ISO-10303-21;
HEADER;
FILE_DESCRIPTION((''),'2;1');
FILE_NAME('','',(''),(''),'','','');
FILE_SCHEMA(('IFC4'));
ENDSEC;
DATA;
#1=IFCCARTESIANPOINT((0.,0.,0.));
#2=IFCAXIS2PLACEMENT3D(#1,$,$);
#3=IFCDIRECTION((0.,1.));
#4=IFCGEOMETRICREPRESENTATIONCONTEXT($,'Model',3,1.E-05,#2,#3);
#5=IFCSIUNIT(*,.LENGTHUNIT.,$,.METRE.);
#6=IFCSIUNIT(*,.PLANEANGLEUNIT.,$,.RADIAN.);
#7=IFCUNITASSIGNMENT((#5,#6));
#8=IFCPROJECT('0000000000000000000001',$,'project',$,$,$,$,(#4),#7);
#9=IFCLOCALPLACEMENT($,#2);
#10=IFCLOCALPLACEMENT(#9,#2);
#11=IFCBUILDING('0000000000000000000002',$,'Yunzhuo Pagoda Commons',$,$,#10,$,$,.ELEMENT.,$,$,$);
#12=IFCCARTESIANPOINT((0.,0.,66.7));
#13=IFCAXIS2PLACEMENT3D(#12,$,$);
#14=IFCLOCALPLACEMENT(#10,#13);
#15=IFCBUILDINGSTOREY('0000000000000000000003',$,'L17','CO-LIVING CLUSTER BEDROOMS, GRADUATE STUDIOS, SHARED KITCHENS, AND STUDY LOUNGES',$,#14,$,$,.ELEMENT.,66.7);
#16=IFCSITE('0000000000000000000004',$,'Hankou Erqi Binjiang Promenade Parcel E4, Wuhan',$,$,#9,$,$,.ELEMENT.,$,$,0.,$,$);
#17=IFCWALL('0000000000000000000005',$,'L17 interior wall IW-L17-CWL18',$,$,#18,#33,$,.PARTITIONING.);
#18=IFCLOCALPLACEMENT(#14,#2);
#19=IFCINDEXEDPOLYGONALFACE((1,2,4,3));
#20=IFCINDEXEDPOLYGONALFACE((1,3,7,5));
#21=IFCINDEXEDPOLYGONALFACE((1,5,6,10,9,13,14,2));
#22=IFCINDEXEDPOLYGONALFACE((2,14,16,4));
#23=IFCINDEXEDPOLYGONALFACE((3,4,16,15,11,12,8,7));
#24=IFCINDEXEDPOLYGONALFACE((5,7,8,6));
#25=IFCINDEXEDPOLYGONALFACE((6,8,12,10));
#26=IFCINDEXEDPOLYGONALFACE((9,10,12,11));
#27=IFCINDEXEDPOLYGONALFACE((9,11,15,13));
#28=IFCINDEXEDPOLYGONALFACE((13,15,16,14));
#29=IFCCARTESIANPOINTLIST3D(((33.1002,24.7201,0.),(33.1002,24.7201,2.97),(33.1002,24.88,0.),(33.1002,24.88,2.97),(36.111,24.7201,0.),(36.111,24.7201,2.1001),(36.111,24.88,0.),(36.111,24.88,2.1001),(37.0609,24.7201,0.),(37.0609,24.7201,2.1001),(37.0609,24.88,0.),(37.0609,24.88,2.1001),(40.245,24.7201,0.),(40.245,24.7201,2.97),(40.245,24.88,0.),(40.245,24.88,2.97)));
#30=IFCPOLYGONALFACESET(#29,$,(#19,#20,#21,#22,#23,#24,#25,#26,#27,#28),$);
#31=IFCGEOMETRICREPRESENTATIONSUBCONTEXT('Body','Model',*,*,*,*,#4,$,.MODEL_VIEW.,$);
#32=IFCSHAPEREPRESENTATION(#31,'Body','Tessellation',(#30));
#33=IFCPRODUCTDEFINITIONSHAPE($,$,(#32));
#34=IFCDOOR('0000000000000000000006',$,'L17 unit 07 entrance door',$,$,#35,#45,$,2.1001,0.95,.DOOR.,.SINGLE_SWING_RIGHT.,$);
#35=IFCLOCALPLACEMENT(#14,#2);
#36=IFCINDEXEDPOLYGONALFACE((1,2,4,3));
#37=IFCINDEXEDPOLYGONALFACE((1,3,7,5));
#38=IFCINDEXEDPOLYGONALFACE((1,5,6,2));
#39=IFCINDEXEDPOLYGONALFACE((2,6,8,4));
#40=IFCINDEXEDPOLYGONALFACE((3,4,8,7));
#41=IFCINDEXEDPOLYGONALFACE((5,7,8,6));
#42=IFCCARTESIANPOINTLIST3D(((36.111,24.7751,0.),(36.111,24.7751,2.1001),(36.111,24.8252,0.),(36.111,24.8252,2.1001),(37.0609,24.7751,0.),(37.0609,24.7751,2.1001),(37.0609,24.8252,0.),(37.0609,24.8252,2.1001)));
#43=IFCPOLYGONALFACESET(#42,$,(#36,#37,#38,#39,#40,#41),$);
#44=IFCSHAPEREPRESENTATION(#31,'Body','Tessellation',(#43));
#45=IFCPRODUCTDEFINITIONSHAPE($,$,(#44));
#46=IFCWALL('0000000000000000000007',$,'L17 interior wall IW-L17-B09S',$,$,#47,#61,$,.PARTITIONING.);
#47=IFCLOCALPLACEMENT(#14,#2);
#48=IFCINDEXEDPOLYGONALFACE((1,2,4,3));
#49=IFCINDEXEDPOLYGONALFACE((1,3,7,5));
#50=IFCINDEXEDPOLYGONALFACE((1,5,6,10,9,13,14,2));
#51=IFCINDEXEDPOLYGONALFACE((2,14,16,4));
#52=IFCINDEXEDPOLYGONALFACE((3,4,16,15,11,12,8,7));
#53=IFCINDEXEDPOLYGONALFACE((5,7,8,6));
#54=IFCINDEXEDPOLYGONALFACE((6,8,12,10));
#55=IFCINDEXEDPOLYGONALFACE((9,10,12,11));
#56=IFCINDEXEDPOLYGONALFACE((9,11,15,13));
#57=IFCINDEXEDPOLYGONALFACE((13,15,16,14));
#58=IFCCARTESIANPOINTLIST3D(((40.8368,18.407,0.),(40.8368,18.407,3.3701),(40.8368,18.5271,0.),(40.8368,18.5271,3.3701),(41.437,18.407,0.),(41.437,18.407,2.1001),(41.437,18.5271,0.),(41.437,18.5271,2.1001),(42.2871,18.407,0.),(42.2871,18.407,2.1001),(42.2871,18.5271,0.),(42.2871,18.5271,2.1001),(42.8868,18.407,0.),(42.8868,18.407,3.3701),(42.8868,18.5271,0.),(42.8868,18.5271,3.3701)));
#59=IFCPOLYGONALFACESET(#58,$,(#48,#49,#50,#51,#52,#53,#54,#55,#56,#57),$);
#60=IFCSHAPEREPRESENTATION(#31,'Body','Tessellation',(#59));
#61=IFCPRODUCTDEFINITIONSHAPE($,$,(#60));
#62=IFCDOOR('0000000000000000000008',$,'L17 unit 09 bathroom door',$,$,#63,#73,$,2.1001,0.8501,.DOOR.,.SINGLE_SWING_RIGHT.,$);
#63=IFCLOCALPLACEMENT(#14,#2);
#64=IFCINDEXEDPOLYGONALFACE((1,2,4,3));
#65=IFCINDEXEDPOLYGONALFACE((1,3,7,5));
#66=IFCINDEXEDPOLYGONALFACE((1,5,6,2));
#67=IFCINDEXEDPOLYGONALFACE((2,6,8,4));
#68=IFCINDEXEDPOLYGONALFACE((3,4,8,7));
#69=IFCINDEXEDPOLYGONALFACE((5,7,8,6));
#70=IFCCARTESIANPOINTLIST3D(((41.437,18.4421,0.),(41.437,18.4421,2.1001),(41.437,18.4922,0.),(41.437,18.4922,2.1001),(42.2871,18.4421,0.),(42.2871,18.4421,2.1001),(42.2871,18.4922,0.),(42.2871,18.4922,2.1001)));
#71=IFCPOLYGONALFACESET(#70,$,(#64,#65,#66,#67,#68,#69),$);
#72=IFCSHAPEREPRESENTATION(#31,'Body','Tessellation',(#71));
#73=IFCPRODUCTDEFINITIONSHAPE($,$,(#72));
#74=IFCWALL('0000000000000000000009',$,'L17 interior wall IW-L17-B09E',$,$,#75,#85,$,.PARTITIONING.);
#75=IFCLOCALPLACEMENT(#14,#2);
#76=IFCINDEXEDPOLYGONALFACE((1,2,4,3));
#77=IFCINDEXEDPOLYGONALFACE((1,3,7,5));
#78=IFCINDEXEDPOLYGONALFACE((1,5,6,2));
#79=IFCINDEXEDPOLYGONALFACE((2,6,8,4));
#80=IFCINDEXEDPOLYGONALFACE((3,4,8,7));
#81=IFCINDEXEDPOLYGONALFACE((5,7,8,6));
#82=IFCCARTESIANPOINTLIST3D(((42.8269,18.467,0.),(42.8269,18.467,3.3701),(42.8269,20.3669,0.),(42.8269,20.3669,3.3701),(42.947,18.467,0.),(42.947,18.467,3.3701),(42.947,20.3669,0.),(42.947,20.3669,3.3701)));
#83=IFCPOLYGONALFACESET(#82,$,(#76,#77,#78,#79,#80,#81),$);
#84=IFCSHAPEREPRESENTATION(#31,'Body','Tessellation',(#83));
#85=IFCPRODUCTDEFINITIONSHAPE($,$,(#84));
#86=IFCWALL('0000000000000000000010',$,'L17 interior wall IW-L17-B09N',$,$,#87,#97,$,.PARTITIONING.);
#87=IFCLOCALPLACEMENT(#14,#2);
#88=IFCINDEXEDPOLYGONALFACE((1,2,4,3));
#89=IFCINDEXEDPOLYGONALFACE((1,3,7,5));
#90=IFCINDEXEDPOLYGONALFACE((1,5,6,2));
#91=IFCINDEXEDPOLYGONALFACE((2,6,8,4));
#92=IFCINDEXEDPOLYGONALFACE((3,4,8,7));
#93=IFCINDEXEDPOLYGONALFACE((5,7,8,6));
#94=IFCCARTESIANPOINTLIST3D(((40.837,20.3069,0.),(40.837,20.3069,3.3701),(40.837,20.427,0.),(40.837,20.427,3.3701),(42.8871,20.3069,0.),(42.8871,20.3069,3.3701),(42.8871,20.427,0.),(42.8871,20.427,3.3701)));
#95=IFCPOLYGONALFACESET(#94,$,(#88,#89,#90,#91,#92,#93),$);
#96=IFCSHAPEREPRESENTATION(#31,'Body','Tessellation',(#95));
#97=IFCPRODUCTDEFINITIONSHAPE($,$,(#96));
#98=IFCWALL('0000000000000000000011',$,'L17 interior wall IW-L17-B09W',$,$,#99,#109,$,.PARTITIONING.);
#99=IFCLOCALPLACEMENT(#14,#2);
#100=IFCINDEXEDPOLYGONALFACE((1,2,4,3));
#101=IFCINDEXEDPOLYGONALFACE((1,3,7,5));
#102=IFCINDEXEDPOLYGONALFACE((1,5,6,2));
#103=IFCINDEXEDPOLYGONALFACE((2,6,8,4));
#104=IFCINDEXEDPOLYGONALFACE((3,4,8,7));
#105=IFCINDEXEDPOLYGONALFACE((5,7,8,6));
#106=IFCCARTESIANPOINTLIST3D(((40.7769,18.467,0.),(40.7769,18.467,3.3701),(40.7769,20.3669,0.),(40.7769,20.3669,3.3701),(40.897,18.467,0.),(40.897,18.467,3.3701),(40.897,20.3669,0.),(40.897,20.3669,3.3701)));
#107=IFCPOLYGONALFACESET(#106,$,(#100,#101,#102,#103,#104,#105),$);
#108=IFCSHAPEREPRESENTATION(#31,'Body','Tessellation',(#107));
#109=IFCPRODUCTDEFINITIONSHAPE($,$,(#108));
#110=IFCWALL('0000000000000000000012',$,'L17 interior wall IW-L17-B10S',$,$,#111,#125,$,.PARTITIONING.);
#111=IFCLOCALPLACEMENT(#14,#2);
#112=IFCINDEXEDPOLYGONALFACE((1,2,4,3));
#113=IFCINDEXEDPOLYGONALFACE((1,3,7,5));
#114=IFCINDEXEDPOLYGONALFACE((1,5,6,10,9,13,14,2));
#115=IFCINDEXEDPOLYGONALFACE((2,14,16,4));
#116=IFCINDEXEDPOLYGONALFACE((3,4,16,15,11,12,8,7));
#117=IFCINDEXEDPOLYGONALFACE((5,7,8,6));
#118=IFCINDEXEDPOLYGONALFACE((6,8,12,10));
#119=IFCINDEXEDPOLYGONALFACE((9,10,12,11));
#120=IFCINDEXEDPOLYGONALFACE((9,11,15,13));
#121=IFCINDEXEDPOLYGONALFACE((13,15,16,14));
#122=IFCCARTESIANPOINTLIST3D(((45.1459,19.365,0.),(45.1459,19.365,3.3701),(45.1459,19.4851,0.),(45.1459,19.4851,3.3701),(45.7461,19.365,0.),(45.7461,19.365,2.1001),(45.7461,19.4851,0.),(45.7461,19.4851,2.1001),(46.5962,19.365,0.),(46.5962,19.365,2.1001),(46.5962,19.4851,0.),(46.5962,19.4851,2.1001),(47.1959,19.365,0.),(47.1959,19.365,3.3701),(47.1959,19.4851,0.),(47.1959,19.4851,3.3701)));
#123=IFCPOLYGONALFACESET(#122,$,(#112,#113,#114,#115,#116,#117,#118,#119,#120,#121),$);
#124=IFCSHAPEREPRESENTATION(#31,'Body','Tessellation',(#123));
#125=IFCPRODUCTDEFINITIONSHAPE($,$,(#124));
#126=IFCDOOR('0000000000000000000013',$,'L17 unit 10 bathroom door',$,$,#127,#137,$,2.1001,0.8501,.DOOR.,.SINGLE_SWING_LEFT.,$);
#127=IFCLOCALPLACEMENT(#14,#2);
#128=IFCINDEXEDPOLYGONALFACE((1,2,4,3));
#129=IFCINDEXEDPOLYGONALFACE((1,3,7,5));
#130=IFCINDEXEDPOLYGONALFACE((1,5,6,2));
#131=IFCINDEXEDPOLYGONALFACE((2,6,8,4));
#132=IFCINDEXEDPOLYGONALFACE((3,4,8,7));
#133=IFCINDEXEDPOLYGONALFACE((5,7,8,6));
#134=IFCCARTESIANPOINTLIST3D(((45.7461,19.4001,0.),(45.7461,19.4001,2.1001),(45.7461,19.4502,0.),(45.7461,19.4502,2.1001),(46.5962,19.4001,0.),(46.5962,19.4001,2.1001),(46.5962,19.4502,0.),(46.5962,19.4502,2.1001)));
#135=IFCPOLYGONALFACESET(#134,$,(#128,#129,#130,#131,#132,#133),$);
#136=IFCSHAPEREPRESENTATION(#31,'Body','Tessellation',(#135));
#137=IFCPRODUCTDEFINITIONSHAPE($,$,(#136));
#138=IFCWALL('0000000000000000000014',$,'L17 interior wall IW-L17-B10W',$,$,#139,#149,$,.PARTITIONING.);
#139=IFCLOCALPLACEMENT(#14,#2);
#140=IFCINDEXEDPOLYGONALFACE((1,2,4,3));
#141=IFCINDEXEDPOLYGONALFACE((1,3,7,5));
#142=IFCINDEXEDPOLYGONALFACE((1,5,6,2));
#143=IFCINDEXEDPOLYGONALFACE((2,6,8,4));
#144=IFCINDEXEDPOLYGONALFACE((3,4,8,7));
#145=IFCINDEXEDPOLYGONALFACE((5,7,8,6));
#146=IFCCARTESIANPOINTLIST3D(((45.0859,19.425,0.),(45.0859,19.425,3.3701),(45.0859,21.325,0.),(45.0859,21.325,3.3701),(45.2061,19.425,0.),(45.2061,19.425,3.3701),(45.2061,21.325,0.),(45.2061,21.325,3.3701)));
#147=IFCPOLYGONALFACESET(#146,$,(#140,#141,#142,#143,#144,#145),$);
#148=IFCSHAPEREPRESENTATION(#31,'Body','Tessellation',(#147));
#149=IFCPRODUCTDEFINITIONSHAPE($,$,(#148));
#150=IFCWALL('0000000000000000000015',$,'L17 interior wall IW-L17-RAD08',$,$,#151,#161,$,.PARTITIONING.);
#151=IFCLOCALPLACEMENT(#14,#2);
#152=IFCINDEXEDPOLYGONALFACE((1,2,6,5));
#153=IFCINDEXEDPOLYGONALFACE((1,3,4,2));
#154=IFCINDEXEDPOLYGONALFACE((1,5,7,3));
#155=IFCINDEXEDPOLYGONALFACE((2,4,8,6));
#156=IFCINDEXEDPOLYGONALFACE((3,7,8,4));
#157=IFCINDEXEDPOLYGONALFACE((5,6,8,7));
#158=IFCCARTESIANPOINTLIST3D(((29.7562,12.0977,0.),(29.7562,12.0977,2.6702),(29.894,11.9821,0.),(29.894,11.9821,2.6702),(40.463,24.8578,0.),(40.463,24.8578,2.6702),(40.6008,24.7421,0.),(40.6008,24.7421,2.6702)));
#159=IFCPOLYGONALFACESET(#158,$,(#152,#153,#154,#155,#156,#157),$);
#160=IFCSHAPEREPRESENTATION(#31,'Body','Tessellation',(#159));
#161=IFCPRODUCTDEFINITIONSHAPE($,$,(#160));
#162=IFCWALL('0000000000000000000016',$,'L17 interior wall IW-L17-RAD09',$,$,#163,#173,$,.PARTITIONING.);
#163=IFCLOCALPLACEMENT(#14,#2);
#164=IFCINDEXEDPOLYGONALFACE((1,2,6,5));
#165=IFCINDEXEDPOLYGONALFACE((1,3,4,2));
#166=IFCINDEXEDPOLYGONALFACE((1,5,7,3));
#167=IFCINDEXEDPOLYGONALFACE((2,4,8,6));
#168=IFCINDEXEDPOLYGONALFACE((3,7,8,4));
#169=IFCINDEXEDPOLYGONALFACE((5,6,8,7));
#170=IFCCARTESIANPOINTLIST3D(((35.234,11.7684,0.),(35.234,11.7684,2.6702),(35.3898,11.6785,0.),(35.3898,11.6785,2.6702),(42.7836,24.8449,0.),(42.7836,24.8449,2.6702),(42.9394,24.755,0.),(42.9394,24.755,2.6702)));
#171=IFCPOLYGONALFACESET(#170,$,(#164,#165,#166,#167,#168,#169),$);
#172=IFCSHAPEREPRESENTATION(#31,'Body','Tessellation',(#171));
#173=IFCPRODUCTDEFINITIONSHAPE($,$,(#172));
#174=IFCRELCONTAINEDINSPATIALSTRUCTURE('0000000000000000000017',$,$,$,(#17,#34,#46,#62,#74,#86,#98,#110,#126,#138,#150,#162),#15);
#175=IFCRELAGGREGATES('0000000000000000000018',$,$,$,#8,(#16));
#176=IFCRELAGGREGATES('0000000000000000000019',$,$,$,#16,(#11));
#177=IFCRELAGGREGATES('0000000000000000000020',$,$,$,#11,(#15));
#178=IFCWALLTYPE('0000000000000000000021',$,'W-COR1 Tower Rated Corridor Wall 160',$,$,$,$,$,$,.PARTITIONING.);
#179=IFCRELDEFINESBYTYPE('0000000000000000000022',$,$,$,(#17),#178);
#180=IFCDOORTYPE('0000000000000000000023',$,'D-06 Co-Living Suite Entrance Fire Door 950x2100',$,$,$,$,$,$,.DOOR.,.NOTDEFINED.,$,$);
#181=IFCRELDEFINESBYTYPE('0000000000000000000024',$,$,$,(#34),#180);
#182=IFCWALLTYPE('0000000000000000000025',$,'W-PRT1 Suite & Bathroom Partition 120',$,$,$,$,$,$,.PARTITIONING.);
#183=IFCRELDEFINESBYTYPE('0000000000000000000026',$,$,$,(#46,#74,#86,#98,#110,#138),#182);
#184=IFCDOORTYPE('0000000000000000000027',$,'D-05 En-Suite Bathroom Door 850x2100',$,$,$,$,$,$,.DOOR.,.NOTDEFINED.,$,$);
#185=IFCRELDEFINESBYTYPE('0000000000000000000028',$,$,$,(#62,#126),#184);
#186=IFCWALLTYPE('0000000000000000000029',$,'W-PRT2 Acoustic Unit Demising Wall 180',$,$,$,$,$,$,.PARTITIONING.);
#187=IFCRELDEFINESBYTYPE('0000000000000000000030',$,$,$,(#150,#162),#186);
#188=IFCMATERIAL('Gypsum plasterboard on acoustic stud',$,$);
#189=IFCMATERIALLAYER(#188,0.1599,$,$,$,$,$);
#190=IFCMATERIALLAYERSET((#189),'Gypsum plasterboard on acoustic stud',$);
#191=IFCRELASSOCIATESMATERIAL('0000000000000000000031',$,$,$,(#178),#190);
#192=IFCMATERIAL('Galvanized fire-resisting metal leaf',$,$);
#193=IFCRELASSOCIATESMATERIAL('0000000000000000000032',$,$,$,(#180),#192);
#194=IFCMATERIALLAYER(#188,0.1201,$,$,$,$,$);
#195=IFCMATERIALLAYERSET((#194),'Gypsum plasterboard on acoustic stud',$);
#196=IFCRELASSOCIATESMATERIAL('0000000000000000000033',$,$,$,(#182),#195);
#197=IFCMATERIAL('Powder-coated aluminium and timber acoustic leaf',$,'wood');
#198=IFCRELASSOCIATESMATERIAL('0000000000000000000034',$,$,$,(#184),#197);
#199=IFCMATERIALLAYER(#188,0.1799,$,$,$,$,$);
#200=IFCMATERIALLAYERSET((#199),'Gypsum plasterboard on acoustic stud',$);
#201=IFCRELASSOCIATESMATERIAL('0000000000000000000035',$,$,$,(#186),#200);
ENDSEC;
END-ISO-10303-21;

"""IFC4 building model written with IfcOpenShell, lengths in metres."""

from ifc_helpers import new_model, si_unit, direction, frame, frame_2d, origin, origin_with_axes, place, context, subcontext, project, spatial, rectangle, extrude, source, transform, mapped, material, layer, layer_set, type_object, element, fill, save


model = new_model("IFC4")

# Units and contexts
model_context = context("Model", 3, precision=1e-05, world=origin(), true_north=direction((0.0, 1.0)))
body_context = subcontext(model_context, "Body", "Model", "MODEL_VIEW")
ifc_project = project(units=[si_unit("LENGTHUNIT", "METRE"), si_unit("PLANEANGLEUNIT", "RADIAN")], contexts=[model_context])

# Site, building, storey
site_placement = place(None, origin())
site = spatial("IfcSite", under=ifc_project, at=site_placement, Name="Hankou Erqi Binjiang Promenade Parcel E4, Wuhan", CompositionType="ELEMENT", RefElevation=0.0)
building_placement = place(site_placement, origin())
building = spatial("IfcBuilding", under=site, at=building_placement, Name="Yunzhuo Pagoda Commons", CompositionType="ELEMENT")
storey_placement = place(building_placement, frame((0.0, 0.0, 66.7)))
storey = spatial("IfcBuildingStorey", under=building, at=storey_placement, Name="L17", Description="CO-LIVING CLUSTER BEDROOMS, GRADUATE STUDIOS, SHARED KITCHENS, AND STUDY LOUNGES", CompositionType="ELEMENT", Elevation=66.7)

# Walls, openings, doors
ifc_material_1 = material(Name="Gypsum plasterboard on acoustic stud")
ifc_layer_1 = layer(ifc_material_1, 0.1599)
ifc_layer_set_1 = layer_set([ifc_layer_1], Name="Gypsum plasterboard on acoustic stud")
wall_type_1 = type_object("IfcWallType", Name="W-COR1 Tower Rated Corridor Wall 160", PredefinedType="PARTITIONING", material=ifc_layer_set_1)
ifc_material_2 = material(Name="Galvanized fire-resisting metal leaf")
door_type_1 = type_object("IfcDoorType", Name="D-06 Co-Living Suite Entrance Fire Door 950x2100", OperationType="NOTDEFINED", PredefinedType="DOOR", material=ifc_material_2)
shared_shape_1 = source(origin(), body_context, "Body", "SweptSolid", [
    extrude(rectangle(XDim=0.95, YDim=2.1001, at=frame_2d((0.4751, 1.05))), frame((0.0, 0.0249, 0.0), z_axis=(0.0, -1.0, 0.0), x_axis=(1.0, 0.0, 0.0)), (0.0, 0.0, 1.0), 0.05),
])
wall_1_placement = place(storey_placement, frame((40.2449, 24.8, 0.0), z_axis=(0.0, 0.0, 1.0), x_axis=(-1.0, 0.0, 0.0)))
wall_1 = element("IfcWall", 1, at=wall_1_placement, inside=storey, type_object=wall_type_1, Name="L17 interior wall IW-L17-CWL18", PredefinedType="PARTITIONING", context=body_context, shape_type="SweptSolid", body=[
    extrude(rectangle(XDim=7.1448, YDim=0.1599, at=frame_2d((3.5723, 0.0))), origin(), (0.0, 0.0, 1.0), 2.97),
])
opening_1_placement = place(wall_1_placement, frame((3.1838, 0.0, 0.0)))
opening_1 = element("IfcOpeningElement", 2, at=opening_1_placement, cuts=wall_1, PredefinedType="OPENING", context=body_context, shape_type="SweptSolid", body=[
    extrude(rectangle(XDim=0.95, YDim=2.1001, at=frame_2d((0.4751, 1.05))), frame((0.0, 0.0898, 0.0), z_axis=(0.0, -1.0, 0.0), x_axis=(1.0, 0.0, 0.0)), (0.0, 0.0, 1.0), 0.1799),
])
door_1_placement = place(opening_1_placement, origin_with_axes())
door_1 = element("IfcDoor", 3, at=door_1_placement, inside=storey, type_object=door_type_1, Name="L17 unit 07 entrance door", OperationType="SINGLE_SWING_RIGHT", OverallHeight=2.1001, OverallWidth=0.95, PredefinedType="DOOR", context=body_context, shape_type="MappedRepresentation", body=[
    mapped(shared_shape_1, transform((0.0, 0.0, 0.0), scale=1.0)),
])
fill(opening_1, door_1)
ifc_layer_2 = layer(ifc_material_1, 0.1201)
ifc_layer_set_2 = layer_set([ifc_layer_2], Name="Gypsum plasterboard on acoustic stud")
wall_type_2 = type_object("IfcWallType", Name="W-PRT1 Suite & Bathroom Partition 120", PredefinedType="PARTITIONING", material=ifc_layer_set_2)
wall_2_placement = place(storey_placement, frame((40.8369, 18.467, 0.0), z_axis=(0.0, 0.0, 1.0), x_axis=(1.0, 0.0, 0.0)))
wall_2 = element("IfcWall", 4, at=wall_2_placement, inside=storey, type_object=wall_type_2, Name="L17 interior wall IW-L17-B09S", PredefinedType="PARTITIONING", context=body_context, shape_type="SweptSolid", body=[
    extrude(rectangle(XDim=2.05, YDim=0.1201, at=frame_2d((1.0249, 0.0))), origin(), (0.0, 0.0, 1.0), 3.3701),
])
opening_2_placement = place(wall_2_placement, frame((0.6001, 0.0, 0.0)))
opening_2 = element("IfcOpeningElement", 5, at=opening_2_placement, cuts=wall_2, PredefinedType="OPENING", context=body_context, shape_type="SweptSolid", body=[
    extrude(rectangle(XDim=0.8501, YDim=2.1001, at=frame_2d((0.425, 1.05))), frame((0.0, 0.0701, 0.0), z_axis=(0.0, -1.0, 0.0), x_axis=(1.0, 0.0, 0.0)), (0.0, 0.0, 1.0), 0.1401),
])
ifc_material_3 = material(Name="Powder-coated aluminium and timber acoustic leaf", Category="wood")
door_type_2 = type_object("IfcDoorType", Name="D-05 En-Suite Bathroom Door 850x2100", OperationType="NOTDEFINED", PredefinedType="DOOR", material=ifc_material_3)
shared_shape_2 = source(origin(), body_context, "Body", "SweptSolid", [
    extrude(rectangle(XDim=0.8501, YDim=2.1001, at=frame_2d((0.425, 1.05))), frame((0.0, 0.0249, 0.0), z_axis=(0.0, -1.0, 0.0), x_axis=(1.0, 0.0, 0.0)), (0.0, 0.0, 1.0), 0.05),
])
door_2_placement = place(opening_2_placement, frame((0.8501, 0.0, 0.0), z_axis=(0.0, 0.0, 1.0), x_axis=(-1.0, 0.0, 0.0)))
door_2 = element("IfcDoor", 6, at=door_2_placement, inside=storey, type_object=door_type_2, Name="L17 unit 09 bathroom door", OperationType="SINGLE_SWING_RIGHT", OverallHeight=2.1001, OverallWidth=0.8501, PredefinedType="DOOR", context=body_context, shape_type="MappedRepresentation", body=[
    mapped(shared_shape_2, transform((0.0, 0.0, 0.0), scale=1.0)),
])
fill(opening_2, door_2)

# Walls
wall_3_placement = place(storey_placement, frame((42.887, 18.467, 0.0), z_axis=(0.0, 0.0, 1.0), x_axis=(0.0, 1.0, 0.0)))
element("IfcWall", 7, at=wall_3_placement, inside=storey, type_object=wall_type_2, Name="L17 interior wall IW-L17-B09E", PredefinedType="PARTITIONING", context=body_context, shape_type="SweptSolid", body=[
    extrude(rectangle(XDim=1.8999, YDim=0.1201, at=frame_2d((0.95, 0.0))), origin(), (0.0, 0.0, 1.0), 3.3701),
])
wall_4_placement = place(storey_placement, frame((42.887, 20.3669, 0.0), z_axis=(0.0, 0.0, 1.0), x_axis=(-1.0, 0.0, 0.0)))
element("IfcWall", 8, at=wall_4_placement, inside=storey, type_object=wall_type_2, Name="L17 interior wall IW-L17-B09N", PredefinedType="PARTITIONING", context=body_context, shape_type="SweptSolid", body=[
    extrude(rectangle(XDim=2.05, YDim=0.1201, at=frame_2d((1.0249, 0.0))), origin(), (0.0, 0.0, 1.0), 3.3701),
])
wall_5_placement = place(storey_placement, frame((40.8369, 20.3669, 0.0), z_axis=(0.0, 0.0, 1.0), x_axis=(0.0, -1.0, 0.0)))
element("IfcWall", 9, at=wall_5_placement, inside=storey, type_object=wall_type_2, Name="L17 interior wall IW-L17-B09W", PredefinedType="PARTITIONING", context=body_context, shape_type="SweptSolid", body=[
    extrude(rectangle(XDim=1.8999, YDim=0.1201, at=frame_2d((0.95, 0.0))), origin(), (0.0, 0.0, 1.0), 3.3701),
])

# Wall, opening, door
wall_6_placement = place(storey_placement, frame((45.146, 19.425, 0.0), z_axis=(0.0, 0.0, 1.0), x_axis=(1.0, 0.0, 0.0)))
wall_6 = element("IfcWall", 10, at=wall_6_placement, inside=storey, type_object=wall_type_2, Name="L17 interior wall IW-L17-B10S", PredefinedType="PARTITIONING", context=body_context, shape_type="SweptSolid", body=[
    extrude(rectangle(XDim=2.05, YDim=0.1201, at=frame_2d((1.0249, 0.0))), origin(), (0.0, 0.0, 1.0), 3.3701),
])
opening_3_placement = place(wall_6_placement, frame((0.6001, 0.0, 0.0)))
opening_3 = element("IfcOpeningElement", 11, at=opening_3_placement, cuts=wall_6, PredefinedType="OPENING", context=body_context, shape_type="SweptSolid", body=[
    extrude(rectangle(XDim=0.8501, YDim=2.1001, at=frame_2d((0.425, 1.05))), frame((0.0, 0.0701, 0.0), z_axis=(0.0, -1.0, 0.0), x_axis=(1.0, 0.0, 0.0)), (0.0, 0.0, 1.0), 0.1401),
])
door_3_placement = place(opening_3_placement, frame((0.8501, 0.0, 0.0), z_axis=(0.0, 0.0, 1.0), x_axis=(-1.0, 0.0, 0.0)))
door_3 = element("IfcDoor", 12, at=door_3_placement, inside=storey, type_object=door_type_2, Name="L17 unit 10 bathroom door", OperationType="SINGLE_SWING_LEFT", OverallHeight=2.1001, OverallWidth=0.8501, PredefinedType="DOOR", context=body_context, shape_type="MappedRepresentation", body=[
    mapped(shared_shape_2, transform((0.0, 0.0, 0.0), scale=1.0)),
])
fill(opening_3, door_3)

# Walls
wall_7_placement = place(storey_placement, frame((45.146, 21.325, 0.0), z_axis=(0.0, 0.0, 1.0), x_axis=(0.0, -1.0, 0.0)))
element("IfcWall", 13, at=wall_7_placement, inside=storey, type_object=wall_type_2, Name="L17 interior wall IW-L17-B10W", PredefinedType="PARTITIONING", context=body_context, shape_type="SweptSolid", body=[
    extrude(rectangle(XDim=1.8999, YDim=0.1201, at=frame_2d((0.95, 0.0))), origin(), (0.0, 0.0, 1.0), 3.3701),
])
ifc_layer_3 = layer(ifc_material_1, 0.1799)
ifc_layer_set_3 = layer_set([ifc_layer_3], Name="Gypsum plasterboard on acoustic stud")
wall_type_3 = type_object("IfcWallType", Name="W-PRT2 Acoustic Unit Demising Wall 180", PredefinedType="PARTITIONING", material=ifc_layer_set_3)
wall_8_placement = place(storey_placement, frame((40.532, 24.8, 0.0), z_axis=(0.0, 0.0, 1.0), x_axis=(-0.642783, -0.766048, 0.0)))
element("IfcWall", 14, at=wall_8_placement, inside=storey, type_object=wall_type_3, Name="L17 interior wall IW-L17-RAD08", PredefinedType="PARTITIONING", context=body_context, shape_type="SweptSolid", body=[
    extrude(rectangle(XDim=16.657, YDim=0.1799, at=frame_2d((8.3286, 0.0))), origin(), (0.0, 0.0, 1.0), 2.6702),
])
wall_9_placement = place(storey_placement, frame((42.8616, 24.8, 0.0), z_axis=(0.0, 0.0, 1.0), x_axis=(-0.499994, -0.866029, 0.0)))
element("IfcWall", 15, at=wall_9_placement, inside=storey, type_object=wall_type_3, Name="L17 interior wall IW-L17-RAD09", PredefinedType="PARTITIONING", context=body_context, shape_type="SweptSolid", body=[
    extrude(rectangle(XDim=15.0994, YDim=0.1799, at=frame_2d((7.5498, 0.0))), origin(), (0.0, 0.0, 1.0), 2.6702),
])

save(model, "model.ifc")
